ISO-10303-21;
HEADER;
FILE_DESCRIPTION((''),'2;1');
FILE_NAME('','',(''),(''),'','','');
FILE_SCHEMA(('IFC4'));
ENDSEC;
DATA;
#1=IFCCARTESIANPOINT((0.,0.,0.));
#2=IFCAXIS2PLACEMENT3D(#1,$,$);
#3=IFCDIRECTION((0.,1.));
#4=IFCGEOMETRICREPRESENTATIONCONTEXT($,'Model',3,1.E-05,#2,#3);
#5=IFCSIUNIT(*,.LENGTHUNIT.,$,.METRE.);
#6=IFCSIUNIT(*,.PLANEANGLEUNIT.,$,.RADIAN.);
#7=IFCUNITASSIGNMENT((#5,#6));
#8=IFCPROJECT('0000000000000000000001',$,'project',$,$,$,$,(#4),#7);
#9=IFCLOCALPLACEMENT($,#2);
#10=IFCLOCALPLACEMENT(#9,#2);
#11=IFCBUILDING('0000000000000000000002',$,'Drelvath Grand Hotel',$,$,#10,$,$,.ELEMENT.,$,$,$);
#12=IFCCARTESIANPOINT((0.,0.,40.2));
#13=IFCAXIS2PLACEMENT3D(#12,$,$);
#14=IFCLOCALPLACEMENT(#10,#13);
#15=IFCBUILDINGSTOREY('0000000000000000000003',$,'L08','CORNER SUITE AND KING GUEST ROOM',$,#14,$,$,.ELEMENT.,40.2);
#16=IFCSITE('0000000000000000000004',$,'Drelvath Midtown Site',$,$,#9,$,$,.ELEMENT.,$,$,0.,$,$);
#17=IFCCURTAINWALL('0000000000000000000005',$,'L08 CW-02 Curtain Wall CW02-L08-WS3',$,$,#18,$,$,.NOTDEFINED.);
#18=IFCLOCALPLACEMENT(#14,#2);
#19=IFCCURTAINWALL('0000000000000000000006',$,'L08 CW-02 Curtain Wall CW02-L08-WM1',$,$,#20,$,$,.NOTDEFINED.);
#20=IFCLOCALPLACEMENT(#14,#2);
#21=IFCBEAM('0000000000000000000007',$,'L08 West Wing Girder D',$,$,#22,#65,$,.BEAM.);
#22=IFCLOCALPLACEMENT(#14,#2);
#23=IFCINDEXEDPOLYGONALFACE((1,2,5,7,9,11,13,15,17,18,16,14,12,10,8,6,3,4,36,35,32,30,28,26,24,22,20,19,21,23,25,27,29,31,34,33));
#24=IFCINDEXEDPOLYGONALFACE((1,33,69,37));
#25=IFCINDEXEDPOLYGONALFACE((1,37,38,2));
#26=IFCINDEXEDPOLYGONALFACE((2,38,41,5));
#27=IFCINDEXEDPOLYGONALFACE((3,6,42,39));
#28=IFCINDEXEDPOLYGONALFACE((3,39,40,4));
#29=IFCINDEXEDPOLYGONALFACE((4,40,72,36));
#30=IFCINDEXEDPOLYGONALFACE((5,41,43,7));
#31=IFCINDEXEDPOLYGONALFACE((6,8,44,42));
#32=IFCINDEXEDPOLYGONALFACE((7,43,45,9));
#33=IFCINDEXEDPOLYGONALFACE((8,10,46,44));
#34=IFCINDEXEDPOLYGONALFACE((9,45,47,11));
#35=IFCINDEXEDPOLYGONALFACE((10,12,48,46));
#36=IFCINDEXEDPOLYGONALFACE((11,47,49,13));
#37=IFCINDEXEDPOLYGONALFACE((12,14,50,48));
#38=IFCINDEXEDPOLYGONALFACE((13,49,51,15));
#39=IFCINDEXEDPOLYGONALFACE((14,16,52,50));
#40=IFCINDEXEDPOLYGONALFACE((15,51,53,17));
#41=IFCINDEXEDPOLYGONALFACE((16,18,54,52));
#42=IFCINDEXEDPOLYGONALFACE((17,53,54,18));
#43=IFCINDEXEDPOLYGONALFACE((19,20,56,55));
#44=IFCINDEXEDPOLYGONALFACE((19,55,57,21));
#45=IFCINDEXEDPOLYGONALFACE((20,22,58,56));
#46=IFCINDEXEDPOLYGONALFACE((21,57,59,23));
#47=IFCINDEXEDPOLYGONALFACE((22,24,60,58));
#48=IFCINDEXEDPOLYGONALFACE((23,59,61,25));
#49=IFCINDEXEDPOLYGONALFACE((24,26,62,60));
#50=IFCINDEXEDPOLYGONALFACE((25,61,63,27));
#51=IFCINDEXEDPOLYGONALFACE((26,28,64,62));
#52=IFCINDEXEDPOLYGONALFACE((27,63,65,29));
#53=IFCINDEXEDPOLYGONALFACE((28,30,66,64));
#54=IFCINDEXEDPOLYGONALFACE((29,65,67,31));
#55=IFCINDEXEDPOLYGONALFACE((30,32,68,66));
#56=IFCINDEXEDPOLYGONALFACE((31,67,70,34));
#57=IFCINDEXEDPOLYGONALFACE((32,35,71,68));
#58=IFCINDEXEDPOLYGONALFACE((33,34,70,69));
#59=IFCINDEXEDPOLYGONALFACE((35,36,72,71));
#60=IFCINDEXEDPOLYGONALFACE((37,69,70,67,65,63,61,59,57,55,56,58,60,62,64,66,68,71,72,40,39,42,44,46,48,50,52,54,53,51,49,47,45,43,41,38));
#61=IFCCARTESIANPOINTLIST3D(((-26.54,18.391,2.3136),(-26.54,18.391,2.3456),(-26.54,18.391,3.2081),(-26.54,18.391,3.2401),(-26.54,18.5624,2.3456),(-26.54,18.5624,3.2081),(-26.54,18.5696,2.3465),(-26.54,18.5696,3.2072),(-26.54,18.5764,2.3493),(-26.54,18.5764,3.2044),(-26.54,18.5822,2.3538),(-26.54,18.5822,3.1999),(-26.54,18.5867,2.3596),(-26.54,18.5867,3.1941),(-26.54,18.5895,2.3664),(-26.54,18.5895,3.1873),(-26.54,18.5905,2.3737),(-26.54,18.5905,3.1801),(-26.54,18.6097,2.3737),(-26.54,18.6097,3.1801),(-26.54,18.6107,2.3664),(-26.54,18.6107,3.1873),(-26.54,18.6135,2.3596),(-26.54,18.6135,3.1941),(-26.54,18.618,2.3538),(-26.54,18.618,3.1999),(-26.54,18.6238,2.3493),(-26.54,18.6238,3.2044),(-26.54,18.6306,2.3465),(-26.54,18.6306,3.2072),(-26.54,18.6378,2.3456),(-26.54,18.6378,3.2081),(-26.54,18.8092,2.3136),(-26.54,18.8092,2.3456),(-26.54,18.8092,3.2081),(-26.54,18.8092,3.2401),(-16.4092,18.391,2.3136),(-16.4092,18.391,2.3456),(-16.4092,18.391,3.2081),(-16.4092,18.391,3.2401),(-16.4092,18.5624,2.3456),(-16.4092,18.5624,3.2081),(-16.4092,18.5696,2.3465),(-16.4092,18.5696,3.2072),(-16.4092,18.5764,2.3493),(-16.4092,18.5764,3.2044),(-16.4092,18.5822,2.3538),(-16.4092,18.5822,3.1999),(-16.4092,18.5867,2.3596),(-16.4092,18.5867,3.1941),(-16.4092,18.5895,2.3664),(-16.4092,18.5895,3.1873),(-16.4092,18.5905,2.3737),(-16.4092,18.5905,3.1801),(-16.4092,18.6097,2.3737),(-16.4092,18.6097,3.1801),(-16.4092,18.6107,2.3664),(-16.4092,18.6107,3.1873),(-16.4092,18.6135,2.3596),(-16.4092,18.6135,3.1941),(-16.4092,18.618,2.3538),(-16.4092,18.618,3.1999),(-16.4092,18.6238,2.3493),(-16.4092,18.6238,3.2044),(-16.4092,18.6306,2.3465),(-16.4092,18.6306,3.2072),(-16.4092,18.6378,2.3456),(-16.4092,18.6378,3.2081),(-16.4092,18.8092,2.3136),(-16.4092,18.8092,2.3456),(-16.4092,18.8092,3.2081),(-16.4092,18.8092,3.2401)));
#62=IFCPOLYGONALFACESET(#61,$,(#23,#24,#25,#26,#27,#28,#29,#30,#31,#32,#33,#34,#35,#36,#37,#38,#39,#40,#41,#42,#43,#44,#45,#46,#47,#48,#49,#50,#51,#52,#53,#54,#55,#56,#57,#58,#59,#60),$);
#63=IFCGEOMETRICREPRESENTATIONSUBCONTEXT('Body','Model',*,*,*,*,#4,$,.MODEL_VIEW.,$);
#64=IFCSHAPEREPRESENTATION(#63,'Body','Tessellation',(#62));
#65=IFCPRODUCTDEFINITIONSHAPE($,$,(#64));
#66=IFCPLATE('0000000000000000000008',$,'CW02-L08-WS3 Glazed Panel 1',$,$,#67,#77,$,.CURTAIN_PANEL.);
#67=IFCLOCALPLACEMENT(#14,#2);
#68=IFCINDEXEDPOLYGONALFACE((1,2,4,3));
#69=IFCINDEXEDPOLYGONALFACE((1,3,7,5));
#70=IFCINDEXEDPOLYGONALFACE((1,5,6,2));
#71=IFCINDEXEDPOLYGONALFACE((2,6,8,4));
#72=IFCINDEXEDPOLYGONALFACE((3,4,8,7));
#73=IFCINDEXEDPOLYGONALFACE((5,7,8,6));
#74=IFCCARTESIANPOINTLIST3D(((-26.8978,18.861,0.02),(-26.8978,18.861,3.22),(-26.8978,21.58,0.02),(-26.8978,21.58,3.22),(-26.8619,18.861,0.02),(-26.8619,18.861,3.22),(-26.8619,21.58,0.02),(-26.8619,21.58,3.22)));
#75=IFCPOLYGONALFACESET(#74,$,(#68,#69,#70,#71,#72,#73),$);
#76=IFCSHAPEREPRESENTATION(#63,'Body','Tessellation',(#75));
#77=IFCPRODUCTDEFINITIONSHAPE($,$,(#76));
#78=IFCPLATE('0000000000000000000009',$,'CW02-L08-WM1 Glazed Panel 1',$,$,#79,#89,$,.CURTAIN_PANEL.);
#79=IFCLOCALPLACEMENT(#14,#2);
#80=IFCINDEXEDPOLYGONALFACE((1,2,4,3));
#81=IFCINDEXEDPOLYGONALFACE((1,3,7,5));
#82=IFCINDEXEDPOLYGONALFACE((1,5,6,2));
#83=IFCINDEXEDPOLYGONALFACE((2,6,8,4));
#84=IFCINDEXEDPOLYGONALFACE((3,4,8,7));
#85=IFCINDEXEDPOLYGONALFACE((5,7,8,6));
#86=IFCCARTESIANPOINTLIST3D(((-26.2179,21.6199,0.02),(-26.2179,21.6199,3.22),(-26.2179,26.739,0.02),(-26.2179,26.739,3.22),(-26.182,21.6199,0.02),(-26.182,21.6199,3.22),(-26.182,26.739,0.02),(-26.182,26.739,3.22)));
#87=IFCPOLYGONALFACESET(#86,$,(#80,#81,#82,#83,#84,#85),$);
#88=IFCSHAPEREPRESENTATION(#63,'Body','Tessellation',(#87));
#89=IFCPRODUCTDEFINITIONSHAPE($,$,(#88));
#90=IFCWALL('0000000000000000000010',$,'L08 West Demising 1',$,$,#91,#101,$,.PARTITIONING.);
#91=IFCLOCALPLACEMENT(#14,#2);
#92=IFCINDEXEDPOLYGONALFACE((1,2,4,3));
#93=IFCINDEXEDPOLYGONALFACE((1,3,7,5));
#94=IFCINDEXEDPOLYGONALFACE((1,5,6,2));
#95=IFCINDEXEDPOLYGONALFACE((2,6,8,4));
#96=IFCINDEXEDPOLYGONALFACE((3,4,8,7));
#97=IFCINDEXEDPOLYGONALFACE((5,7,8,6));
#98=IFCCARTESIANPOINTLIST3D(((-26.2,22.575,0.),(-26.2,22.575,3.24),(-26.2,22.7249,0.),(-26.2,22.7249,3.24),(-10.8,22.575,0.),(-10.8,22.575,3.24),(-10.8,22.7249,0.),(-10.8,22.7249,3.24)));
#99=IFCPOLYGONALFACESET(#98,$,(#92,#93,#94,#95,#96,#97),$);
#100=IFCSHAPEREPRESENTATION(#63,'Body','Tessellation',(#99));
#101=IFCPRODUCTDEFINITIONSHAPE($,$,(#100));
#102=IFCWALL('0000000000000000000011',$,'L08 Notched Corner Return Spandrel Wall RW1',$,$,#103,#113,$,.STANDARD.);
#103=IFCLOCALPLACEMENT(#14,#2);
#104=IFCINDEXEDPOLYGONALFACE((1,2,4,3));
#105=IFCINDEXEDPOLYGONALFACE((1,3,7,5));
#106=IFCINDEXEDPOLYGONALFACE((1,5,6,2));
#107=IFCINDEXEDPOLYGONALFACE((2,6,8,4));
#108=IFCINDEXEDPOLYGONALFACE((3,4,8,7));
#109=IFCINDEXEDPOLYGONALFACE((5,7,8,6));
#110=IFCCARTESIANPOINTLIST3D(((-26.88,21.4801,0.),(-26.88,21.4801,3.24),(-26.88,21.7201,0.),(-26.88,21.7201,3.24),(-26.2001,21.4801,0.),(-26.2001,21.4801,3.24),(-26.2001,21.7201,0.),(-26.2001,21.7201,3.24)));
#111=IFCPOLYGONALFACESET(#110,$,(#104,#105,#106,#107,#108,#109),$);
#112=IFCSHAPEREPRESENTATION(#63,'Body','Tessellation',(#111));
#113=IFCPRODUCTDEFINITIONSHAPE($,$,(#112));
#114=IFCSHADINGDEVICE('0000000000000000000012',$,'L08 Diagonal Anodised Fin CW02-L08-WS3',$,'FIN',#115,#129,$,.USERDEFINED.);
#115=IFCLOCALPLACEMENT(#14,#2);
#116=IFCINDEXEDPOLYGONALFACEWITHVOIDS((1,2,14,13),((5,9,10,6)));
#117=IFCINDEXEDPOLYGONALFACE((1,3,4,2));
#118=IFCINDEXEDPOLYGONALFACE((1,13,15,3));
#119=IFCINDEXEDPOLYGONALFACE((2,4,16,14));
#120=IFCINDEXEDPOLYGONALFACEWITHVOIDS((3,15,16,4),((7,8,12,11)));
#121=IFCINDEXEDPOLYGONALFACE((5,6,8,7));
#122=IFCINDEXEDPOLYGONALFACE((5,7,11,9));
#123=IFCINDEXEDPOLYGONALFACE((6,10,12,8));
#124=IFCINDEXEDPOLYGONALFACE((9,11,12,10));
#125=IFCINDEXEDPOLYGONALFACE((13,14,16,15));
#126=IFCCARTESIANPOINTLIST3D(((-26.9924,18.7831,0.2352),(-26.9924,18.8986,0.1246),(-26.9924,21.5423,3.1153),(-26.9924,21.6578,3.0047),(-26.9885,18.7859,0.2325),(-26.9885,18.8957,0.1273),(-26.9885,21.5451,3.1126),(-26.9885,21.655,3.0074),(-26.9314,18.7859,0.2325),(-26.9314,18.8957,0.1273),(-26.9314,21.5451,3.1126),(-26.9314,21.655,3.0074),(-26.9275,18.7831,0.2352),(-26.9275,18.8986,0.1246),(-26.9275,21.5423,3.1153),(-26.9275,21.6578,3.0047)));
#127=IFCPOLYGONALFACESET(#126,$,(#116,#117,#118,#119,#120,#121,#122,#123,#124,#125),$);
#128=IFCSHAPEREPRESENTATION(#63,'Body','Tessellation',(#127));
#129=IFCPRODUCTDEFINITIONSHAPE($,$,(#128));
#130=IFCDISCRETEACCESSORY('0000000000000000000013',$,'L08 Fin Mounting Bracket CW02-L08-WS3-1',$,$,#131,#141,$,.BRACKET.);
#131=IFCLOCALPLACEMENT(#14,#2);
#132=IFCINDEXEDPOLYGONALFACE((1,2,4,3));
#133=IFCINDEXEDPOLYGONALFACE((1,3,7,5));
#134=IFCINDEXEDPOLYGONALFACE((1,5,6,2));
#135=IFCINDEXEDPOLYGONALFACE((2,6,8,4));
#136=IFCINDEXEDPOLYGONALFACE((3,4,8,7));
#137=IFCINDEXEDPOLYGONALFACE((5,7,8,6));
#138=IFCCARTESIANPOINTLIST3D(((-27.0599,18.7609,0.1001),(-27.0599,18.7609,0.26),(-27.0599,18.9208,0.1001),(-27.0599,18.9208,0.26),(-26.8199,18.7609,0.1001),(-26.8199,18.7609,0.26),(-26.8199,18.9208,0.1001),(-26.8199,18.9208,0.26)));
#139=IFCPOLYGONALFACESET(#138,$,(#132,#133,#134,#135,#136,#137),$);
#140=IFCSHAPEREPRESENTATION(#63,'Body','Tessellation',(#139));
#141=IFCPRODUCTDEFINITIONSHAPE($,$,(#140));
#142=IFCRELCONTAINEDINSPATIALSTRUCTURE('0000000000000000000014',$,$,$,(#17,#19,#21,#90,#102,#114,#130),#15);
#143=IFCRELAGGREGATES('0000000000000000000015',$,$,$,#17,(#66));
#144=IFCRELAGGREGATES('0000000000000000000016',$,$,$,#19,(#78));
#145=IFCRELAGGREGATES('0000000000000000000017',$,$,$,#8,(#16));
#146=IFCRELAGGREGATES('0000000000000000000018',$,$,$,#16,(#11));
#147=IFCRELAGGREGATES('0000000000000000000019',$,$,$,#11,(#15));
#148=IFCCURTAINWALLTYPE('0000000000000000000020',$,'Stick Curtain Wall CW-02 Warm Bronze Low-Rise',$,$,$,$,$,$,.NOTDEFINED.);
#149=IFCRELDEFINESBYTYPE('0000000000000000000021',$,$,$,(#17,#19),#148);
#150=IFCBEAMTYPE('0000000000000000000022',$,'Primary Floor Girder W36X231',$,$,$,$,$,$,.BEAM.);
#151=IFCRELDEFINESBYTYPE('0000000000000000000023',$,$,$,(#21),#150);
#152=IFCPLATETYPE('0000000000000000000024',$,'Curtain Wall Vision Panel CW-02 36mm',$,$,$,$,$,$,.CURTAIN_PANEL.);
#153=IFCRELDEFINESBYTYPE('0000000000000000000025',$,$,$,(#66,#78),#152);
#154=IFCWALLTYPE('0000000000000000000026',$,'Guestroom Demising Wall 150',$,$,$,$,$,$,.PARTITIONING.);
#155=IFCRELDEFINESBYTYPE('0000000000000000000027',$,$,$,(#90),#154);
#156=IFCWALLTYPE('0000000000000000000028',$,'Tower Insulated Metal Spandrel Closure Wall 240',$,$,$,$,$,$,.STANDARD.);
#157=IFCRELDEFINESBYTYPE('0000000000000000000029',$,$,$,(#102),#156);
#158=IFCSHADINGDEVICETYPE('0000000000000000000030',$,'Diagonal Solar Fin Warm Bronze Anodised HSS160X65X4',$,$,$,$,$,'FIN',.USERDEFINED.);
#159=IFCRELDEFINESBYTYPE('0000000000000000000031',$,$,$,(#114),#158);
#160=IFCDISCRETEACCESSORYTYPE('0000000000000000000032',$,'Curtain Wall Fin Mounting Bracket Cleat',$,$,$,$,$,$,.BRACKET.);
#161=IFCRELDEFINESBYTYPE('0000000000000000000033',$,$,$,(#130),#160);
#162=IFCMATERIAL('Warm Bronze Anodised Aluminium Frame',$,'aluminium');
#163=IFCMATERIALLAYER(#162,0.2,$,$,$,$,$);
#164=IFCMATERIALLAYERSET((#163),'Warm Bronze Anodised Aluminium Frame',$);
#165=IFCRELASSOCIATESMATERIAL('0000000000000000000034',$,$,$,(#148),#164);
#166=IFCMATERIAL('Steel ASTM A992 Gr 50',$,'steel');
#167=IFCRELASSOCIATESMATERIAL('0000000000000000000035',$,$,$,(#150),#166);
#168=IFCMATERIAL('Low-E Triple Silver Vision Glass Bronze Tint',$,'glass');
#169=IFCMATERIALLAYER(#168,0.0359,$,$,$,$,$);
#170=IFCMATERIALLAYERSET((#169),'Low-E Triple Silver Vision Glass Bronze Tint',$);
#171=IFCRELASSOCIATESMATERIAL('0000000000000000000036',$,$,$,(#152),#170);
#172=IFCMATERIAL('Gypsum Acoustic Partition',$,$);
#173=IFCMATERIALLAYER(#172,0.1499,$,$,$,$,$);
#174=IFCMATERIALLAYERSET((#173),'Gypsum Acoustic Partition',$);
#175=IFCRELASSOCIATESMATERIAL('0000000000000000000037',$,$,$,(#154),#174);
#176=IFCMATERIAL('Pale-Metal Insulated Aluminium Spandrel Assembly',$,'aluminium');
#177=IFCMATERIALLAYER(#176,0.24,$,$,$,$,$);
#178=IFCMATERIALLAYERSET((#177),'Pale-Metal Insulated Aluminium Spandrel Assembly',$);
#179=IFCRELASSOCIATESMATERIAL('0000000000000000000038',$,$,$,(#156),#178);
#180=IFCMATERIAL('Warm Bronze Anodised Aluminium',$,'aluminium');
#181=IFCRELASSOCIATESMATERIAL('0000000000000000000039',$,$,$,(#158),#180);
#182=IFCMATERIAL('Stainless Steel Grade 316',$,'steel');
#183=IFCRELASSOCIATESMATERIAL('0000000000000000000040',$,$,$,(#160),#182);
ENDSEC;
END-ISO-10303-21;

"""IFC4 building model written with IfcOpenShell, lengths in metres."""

from ifc_helpers import new_model, si_unit, direction, frame, frame_2d, origin, origin_2d, place, context, subcontext, project, spatial, rectangle, hollow_rectangle, i_section, extrude, material, layer, layer_set, material_profile, profile_set, type_object, element, aggregate, save


model = new_model("IFC4")

# Units and contexts
model_context = context("Model", 3, precision=1e-05, world=origin(), true_north=direction((0.0, 1.0)))
body_context = subcontext(model_context, "Body", "Model", "MODEL_VIEW")
ifc_project = project(units=[si_unit("LENGTHUNIT", "METRE"), si_unit("PLANEANGLEUNIT", "RADIAN")], contexts=[model_context])

# Site, building, storey
site_placement = place(None, origin())
site = spatial("IfcSite", under=ifc_project, at=site_placement, Name="Drelvath Midtown Site", CompositionType="ELEMENT", RefElevation=0.0)
building_placement = place(site_placement, origin())
building = spatial("IfcBuilding", under=site, at=building_placement, Name="Drelvath Grand Hotel", CompositionType="ELEMENT")
storey_placement = place(building_placement, frame((0.0, 0.0, 40.2)))
storey = spatial("IfcBuildingStorey", under=building, at=storey_placement, Name="L08", Description="CORNER SUITE AND KING GUEST ROOM", CompositionType="ELEMENT", Elevation=40.2)

# Curtain walls
ifc_material_1 = material(Name="Warm Bronze Anodised Aluminium Frame", Category="aluminium")
ifc_layer_1 = layer(ifc_material_1, 0.2)
ifc_layer_set_1 = layer_set([ifc_layer_1], Name="Warm Bronze Anodised Aluminium Frame")
curtain_wall_type = type_object("IfcCurtainWallType", Name="Stick Curtain Wall CW-02 Warm Bronze Low-Rise", PredefinedType="NOTDEFINED", material=ifc_layer_set_1)
curtain_wall_1_placement = place(storey_placement, origin())
curtain_wall_1 = element("IfcCurtainWall", 1, at=curtain_wall_1_placement, inside=storey, type_object=curtain_wall_type, Name="L08 CW-02 Curtain Wall CW02-L08-WS3", PredefinedType="NOTDEFINED")
curtain_wall_2_placement = place(storey_placement, origin())
curtain_wall_2 = element("IfcCurtainWall", 2, at=curtain_wall_2_placement, inside=storey, type_object=curtain_wall_type, Name="L08 CW-02 Curtain Wall CW02-L08-WM1", PredefinedType="NOTDEFINED")

# Beam
ifc_material_2 = material(Name="Steel ASTM A992 Gr 50", Category="steel")
ifc_material_profile_1 = material_profile(ifc_material_2, i_section(OverallWidth=0.4182, OverallDepth=0.9265, WebThickness=0.0193, FlangeThickness=0.032, FilletRadius=0.0281, at=origin_2d()), Name="W36X231")
ifc_profile_set_1 = profile_set([ifc_material_profile_1], Name="Steel ASTM A992 Gr 50")
beam_type_1 = type_object("IfcBeamType", Name="Primary Floor Girder W36X231", PredefinedType="BEAM", material=ifc_profile_set_1)
beam_1_placement = place(storey_placement, frame((-26.54, 18.6001, 2.7769), z_axis=(1.0, 0.0, 0.0), x_axis=(0.0, 1.0, 0.0)))
element("IfcBeam", 3, at=beam_1_placement, inside=storey, type_object=beam_type_1, Name="L08 West Wing Girder D", PredefinedType="BEAM", context=body_context, shape_type="SweptSolid", body=[
    extrude(i_section(OverallWidth=0.4182, OverallDepth=0.9265, WebThickness=0.0193, FlangeThickness=0.032, FilletRadius=0.0281, at=origin_2d()), origin(), (0.0, 0.0, 1.0), 10.1309),
])

# Plates
ifc_material_3 = material(Name="Low-E Triple Silver Vision Glass Bronze Tint", Category="glass")
ifc_layer_2 = layer(ifc_material_3, 0.0359)
ifc_layer_set_2 = layer_set([ifc_layer_2], Name="Low-E Triple Silver Vision Glass Bronze Tint")
plate_type = type_object("IfcPlateType", Name="Curtain Wall Vision Panel CW-02 36mm", PredefinedType="CURTAIN_PANEL", material=ifc_layer_set_2)
plate_1_placement = place(storey_placement, frame((-26.8799, 20.2205, 0.02), z_axis=(0.0, 0.0, 1.0), x_axis=(0.0, 1.0, 0.0)))
plate_1 = element("IfcPlate", 4, at=plate_1_placement, type_object=plate_type, Name="CW02-L08-WS3 Glazed Panel 1", PredefinedType="CURTAIN_PANEL", context=body_context, shape_type="SweptSolid", body=[
    extrude(rectangle(XDim=2.719, YDim=0.0359, at=origin_2d()), origin(), (0.0, 0.0, 1.0), 3.2),
])
aggregate(curtain_wall_1, [plate_1])
plate_2_placement = place(storey_placement, frame((-26.2, 24.1794, 0.02), z_axis=(0.0, 0.0, 1.0), x_axis=(0.0, 1.0, 0.0)))
plate_2 = element("IfcPlate", 5, at=plate_2_placement, type_object=plate_type, Name="CW02-L08-WM1 Glazed Panel 1", PredefinedType="CURTAIN_PANEL", context=body_context, shape_type="SweptSolid", body=[
    extrude(rectangle(XDim=5.1191, YDim=0.0359, at=origin_2d()), origin(), (0.0, 0.0, 1.0), 3.2),
])
aggregate(curtain_wall_2, [plate_2])

# Walls
ifc_material_4 = material(Name="Gypsum Acoustic Partition")
ifc_layer_3 = layer(ifc_material_4, 0.1499)
ifc_layer_set_3 = layer_set([ifc_layer_3], Name="Gypsum Acoustic Partition")
wall_type_1 = type_object("IfcWallType", Name="Guestroom Demising Wall 150", PredefinedType="PARTITIONING", material=ifc_layer_set_3)
wall_1_placement = place(storey_placement, frame((-26.2, 22.6499, 0.0), z_axis=(0.0, 0.0, 1.0), x_axis=(1.0, 0.0, 0.0)))
element("IfcWall", 6, at=wall_1_placement, inside=storey, type_object=wall_type_1, Name="L08 West Demising 1", PredefinedType="PARTITIONING", context=body_context, shape_type="SweptSolid", body=[
    extrude(rectangle(XDim=15.3999, YDim=0.1499, at=frame_2d((7.7, 0.0))), origin(), (0.0, 0.0, 1.0), 3.24),
])
ifc_material_5 = material(Name="Pale-Metal Insulated Aluminium Spandrel Assembly", Category="aluminium")
ifc_layer_4 = layer(ifc_material_5, 0.24)
ifc_layer_set_4 = layer_set([ifc_layer_4], Name="Pale-Metal Insulated Aluminium Spandrel Assembly")
wall_type_2 = type_object("IfcWallType", Name="Tower Insulated Metal Spandrel Closure Wall 240", PredefinedType="STANDARD", material=ifc_layer_set_4)
wall_2_placement = place(storey_placement, frame((-26.8799, 21.6001, 0.0), z_axis=(0.0, 0.0, 1.0), x_axis=(1.0, 0.0, 0.0)))
element("IfcWall", 7, at=wall_2_placement, inside=storey, type_object=wall_type_2, Name="L08 Notched Corner Return Spandrel Wall RW1", PredefinedType="STANDARD", context=body_context, shape_type="SweptSolid", body=[
    extrude(rectangle(XDim=0.6799, YDim=0.24, at=frame_2d((0.3398, 0.0))), origin(), (0.0, 0.0, 1.0), 3.24),
])

# Shading device
ifc_material_6 = material(Name="Warm Bronze Anodised Aluminium", Category="aluminium")
ifc_material_profile_2 = material_profile(ifc_material_6, hollow_rectangle(XDim=0.0649, YDim=0.1599, WallThickness=0.0039, at=origin_2d()), Name="HSS160X65X4")
ifc_profile_set_2 = profile_set([ifc_material_profile_2], Name="Warm Bronze Anodised Aluminium")
shading_device_type = type_object("IfcShadingDeviceType", Name="Diagonal Solar Fin Warm Bronze Anodised HSS160X65X4", ElementType="FIN", PredefinedType="USERDEFINED", material=ifc_profile_set_2)
shading_device_placement = place(storey_placement, frame((-26.96, 18.8408, 0.1799), z_axis=(0.0, 0.691795, 0.722094), x_axis=(-1.0, 0.0, 0.0)))
element("IfcShadingDevice", 8, at=shading_device_placement, inside=storey, type_object=shading_device_type, Name="L08 Diagonal Anodised Fin CW02-L08-WS3", ObjectType="FIN", PredefinedType="USERDEFINED", context=body_context, shape_type="SweptSolid", body=[
    extrude(hollow_rectangle(XDim=0.0649, YDim=0.1599, WallThickness=0.0039, at=origin_2d()), origin(), (0.0, 0.0, 1.0), 3.9885),
])

# Discrete accessory
ifc_material_7 = material(Name="Stainless Steel Grade 316", Category="steel")
discrete_accessory_type = type_object("IfcDiscreteAccessoryType", Name="Curtain Wall Fin Mounting Bracket Cleat", PredefinedType="BRACKET", material=ifc_material_7)
discrete_accessory_placement = place(storey_placement, frame((-26.9399, 18.8408, 0.1001), z_axis=(0.0, 0.0, 1.0), x_axis=(0.0, 1.0, 0.0)))
element("IfcDiscreteAccessory", 9, at=discrete_accessory_placement, inside=storey, type_object=discrete_accessory_type, Name="L08 Fin Mounting Bracket CW02-L08-WS3-1", PredefinedType="BRACKET", context=body_context, shape_type="SweptSolid", body=[
    extrude(rectangle(XDim=0.1599, YDim=0.24, at=origin_2d()), origin(), (0.0, 0.0, 1.0), 0.1599),
])

save(model, "model.ifc")
